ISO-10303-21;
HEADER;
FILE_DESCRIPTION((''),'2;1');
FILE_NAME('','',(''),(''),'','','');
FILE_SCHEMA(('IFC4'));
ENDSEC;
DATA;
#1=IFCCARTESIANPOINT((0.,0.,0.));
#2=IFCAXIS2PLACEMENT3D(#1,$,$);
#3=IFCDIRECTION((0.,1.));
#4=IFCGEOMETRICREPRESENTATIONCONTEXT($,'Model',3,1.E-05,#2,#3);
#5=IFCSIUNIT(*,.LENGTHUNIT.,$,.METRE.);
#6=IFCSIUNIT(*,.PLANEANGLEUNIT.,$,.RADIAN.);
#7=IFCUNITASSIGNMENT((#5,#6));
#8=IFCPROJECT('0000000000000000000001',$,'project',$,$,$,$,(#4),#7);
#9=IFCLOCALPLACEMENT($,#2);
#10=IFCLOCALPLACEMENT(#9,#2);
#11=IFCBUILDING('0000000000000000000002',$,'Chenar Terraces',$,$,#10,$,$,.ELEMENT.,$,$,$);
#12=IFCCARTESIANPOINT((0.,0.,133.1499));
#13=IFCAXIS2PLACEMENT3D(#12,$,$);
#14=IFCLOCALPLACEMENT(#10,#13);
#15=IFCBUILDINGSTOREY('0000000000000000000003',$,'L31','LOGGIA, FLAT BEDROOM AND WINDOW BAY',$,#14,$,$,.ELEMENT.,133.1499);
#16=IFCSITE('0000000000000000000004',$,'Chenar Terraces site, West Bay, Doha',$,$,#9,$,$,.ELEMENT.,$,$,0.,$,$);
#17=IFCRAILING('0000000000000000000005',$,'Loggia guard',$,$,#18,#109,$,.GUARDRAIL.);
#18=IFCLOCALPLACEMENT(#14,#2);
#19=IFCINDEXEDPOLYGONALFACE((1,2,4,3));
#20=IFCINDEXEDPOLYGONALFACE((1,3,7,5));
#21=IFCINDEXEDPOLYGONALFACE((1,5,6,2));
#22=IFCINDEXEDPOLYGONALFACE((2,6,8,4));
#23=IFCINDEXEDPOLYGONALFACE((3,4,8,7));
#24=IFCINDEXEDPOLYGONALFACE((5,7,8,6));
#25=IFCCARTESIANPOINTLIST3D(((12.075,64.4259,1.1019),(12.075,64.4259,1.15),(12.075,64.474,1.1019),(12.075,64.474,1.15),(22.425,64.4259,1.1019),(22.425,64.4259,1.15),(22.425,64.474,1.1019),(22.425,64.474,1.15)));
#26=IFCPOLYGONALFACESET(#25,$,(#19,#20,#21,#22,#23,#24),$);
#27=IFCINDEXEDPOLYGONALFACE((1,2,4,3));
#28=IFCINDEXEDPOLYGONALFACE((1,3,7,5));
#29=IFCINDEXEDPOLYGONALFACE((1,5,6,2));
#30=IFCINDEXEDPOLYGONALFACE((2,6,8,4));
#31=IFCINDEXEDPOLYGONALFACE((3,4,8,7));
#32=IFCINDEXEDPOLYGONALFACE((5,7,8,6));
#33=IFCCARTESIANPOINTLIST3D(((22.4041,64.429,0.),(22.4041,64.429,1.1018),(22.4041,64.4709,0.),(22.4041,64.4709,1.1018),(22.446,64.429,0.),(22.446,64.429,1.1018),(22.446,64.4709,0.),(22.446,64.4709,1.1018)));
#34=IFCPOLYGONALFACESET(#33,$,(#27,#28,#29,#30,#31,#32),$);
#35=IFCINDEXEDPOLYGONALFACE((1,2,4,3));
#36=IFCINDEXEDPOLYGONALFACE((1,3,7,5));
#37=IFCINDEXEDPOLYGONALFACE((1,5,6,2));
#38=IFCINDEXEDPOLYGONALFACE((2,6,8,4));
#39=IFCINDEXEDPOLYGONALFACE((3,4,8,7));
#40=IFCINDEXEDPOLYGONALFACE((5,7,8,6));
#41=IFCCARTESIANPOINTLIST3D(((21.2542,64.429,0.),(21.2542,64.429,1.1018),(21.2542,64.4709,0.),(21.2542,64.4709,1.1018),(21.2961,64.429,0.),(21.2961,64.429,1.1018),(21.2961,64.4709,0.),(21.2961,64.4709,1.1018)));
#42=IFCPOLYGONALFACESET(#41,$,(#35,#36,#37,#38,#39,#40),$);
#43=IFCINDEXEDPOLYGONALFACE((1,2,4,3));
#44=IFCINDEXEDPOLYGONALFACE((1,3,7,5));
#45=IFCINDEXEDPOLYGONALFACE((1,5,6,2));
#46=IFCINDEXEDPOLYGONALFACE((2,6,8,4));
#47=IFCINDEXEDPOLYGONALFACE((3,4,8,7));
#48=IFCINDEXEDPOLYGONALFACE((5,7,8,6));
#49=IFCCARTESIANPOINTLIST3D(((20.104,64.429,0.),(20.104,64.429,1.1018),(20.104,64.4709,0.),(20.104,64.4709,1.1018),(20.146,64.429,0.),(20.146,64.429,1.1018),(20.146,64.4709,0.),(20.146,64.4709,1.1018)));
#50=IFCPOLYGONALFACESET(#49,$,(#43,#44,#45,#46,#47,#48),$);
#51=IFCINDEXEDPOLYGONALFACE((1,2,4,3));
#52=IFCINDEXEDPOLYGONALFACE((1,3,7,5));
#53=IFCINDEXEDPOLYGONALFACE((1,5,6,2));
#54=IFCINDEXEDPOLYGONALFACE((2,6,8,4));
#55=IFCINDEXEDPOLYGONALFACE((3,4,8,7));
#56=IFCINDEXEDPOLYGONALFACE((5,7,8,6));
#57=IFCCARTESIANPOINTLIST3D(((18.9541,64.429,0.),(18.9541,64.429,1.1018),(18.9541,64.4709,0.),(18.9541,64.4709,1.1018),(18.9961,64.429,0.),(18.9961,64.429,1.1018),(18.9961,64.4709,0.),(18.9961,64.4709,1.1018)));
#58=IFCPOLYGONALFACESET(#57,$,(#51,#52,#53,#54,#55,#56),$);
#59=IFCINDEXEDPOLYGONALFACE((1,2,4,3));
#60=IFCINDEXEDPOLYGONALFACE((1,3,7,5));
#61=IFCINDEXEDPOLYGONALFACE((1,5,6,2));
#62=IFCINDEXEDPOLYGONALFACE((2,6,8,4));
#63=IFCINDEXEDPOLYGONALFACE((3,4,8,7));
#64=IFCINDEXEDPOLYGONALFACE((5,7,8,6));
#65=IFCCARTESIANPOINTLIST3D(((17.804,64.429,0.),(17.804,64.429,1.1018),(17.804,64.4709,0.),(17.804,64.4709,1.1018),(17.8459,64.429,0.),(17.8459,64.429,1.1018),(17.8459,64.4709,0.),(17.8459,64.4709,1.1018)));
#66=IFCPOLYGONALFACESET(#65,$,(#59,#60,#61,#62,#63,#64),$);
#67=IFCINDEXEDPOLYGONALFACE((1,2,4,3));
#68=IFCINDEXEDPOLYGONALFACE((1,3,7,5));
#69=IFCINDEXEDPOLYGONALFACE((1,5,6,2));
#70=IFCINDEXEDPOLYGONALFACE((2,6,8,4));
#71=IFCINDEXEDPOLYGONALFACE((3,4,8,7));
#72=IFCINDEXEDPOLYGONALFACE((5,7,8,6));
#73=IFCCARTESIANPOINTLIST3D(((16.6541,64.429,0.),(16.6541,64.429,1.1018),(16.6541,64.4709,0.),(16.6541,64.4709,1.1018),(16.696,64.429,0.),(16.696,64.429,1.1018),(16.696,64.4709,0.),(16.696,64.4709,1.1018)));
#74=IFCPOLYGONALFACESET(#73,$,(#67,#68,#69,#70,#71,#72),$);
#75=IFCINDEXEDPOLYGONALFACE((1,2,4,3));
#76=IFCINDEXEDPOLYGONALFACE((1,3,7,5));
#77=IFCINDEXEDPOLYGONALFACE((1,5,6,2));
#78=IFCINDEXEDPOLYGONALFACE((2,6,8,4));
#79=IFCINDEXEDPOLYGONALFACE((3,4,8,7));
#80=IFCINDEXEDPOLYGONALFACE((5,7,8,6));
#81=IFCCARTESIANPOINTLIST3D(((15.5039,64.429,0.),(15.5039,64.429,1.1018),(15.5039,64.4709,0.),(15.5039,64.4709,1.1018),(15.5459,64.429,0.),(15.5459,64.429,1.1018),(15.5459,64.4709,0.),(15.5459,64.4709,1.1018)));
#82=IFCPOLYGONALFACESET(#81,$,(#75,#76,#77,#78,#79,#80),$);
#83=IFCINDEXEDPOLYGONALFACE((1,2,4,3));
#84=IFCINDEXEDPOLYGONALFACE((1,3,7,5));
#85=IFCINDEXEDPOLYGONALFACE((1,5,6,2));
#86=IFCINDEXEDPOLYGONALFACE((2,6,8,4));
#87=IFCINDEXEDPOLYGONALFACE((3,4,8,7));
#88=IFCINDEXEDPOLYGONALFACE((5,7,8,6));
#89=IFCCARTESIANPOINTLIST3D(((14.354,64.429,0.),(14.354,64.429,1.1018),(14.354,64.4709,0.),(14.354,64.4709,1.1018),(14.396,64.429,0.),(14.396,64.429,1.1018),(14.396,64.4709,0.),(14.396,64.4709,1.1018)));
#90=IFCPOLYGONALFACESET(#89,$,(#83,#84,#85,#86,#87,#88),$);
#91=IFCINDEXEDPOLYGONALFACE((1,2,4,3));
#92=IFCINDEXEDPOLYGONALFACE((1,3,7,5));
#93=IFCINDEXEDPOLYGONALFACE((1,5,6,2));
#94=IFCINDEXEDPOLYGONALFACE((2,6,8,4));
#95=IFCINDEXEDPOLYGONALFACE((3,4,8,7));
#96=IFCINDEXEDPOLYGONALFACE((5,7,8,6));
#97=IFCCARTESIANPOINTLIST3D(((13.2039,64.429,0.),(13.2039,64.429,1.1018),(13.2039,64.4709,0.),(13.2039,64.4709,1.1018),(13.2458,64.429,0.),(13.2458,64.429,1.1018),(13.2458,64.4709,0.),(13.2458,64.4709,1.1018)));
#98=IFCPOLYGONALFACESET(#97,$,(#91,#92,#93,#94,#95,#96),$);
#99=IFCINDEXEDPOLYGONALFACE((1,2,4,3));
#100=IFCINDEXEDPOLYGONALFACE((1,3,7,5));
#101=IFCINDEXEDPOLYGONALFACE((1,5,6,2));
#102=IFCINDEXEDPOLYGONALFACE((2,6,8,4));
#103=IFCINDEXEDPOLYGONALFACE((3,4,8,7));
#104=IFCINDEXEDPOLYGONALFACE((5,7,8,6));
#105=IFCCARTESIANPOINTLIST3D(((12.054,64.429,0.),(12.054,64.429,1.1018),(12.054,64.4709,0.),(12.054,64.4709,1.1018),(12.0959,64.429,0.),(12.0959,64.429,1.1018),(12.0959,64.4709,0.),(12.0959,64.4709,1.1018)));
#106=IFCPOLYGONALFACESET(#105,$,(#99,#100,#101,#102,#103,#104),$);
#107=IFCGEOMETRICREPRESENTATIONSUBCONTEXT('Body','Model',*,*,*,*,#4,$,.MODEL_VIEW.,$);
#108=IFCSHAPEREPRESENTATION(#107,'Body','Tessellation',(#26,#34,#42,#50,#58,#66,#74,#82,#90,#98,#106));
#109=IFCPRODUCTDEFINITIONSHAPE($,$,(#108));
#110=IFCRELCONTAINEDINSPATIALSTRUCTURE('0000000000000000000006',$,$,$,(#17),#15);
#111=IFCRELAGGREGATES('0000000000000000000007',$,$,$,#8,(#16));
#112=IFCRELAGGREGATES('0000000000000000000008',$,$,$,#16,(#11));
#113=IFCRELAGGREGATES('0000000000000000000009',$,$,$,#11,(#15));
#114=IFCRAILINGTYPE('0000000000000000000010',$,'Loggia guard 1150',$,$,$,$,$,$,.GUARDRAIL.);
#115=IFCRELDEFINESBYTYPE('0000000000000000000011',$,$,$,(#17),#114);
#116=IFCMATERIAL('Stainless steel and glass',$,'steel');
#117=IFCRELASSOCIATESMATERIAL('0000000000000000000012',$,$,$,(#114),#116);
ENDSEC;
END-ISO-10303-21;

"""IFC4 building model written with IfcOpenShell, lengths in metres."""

from ifc_helpers import new_model, si_unit, direction, frame, origin, origin_2d, place, context, subcontext, project, spatial, rectangle, extrude, material, type_object, element, save


model = new_model("IFC4")

# Units and contexts
model_context = context("Model", 3, precision=1e-05, world=origin(), true_north=direction((0.0, 1.0)))
body_context = subcontext(model_context, "Body", "Model", "MODEL_VIEW")
ifc_project = project(units=[si_unit("LENGTHUNIT", "METRE"), si_unit("PLANEANGLEUNIT", "RADIAN")], contexts=[model_context])

# Site, building, storey
site_placement = place(None, origin())
site = spatial("IfcSite", under=ifc_project, at=site_placement, Name="Chenar Terraces site, West Bay, Doha", CompositionType="ELEMENT", RefElevation=0.0)
building_placement = place(site_placement, origin())
building = spatial("IfcBuilding", under=site, at=building_placement, Name="Chenar Terraces", CompositionType="ELEMENT")
storey_placement = place(building_placement, frame((0.0, 0.0, 133.1499)))
storey = spatial("IfcBuildingStorey", under=building, at=storey_placement, Name="L31", Description="LOGGIA, FLAT BEDROOM AND WINDOW BAY", CompositionType="ELEMENT", Elevation=133.1499)

# Railing
ifc_material_1 = material(Name="Stainless steel and glass", Category="steel")
railing_type_1 = type_object("IfcRailingType", Name="Loggia guard 1150", PredefinedType="GUARDRAIL", material=ifc_material_1)
railing_1_placement = place(storey_placement, frame((22.425, 64.45, 0.0)))
element("IfcRailing", 1, at=railing_1_placement, inside=storey, type_object=railing_type_1, Name="Loggia guard", PredefinedType="GUARDRAIL", context=body_context, shape_type="SweptSolid", body=[
    extrude(rectangle(XDim=0.0481, YDim=0.0481, at=origin_2d()), frame((0.0, 0.0, 1.126), z_axis=(-1.0, 0.0, 0.0), x_axis=(0.0, -1.0, 0.0)), (0.0, 0.0, 1.0), 10.3501),
    extrude(rectangle(XDim=0.042, YDim=0.042, at=origin_2d()), origin(), (0.0, 0.0, 1.0), 1.1018),
    extrude(rectangle(XDim=0.042, YDim=0.042, at=origin_2d()), frame((-1.1499, 0.0, 0.0)), (0.0, 0.0, 1.0), 1.1018),
    extrude(rectangle(XDim=0.042, YDim=0.042, at=origin_2d()), frame((-2.3, 0.0, 0.0)), (0.0, 0.0, 1.0), 1.1018),
    extrude(rectangle(XDim=0.042, YDim=0.042, at=origin_2d()), frame((-3.45, 0.0, 0.0)), (0.0, 0.0, 1.0), 1.1018),
    extrude(rectangle(XDim=0.042, YDim=0.042, at=origin_2d()), frame((-4.6001, 0.0, 0.0)), (0.0, 0.0, 1.0), 1.1018),
    extrude(rectangle(XDim=0.042, YDim=0.042, at=origin_2d()), frame((-5.75, 0.0, 0.0)), (0.0, 0.0, 1.0), 1.1018),
    extrude(rectangle(XDim=0.042, YDim=0.042, at=origin_2d()), frame((-6.9001, 0.0, 0.0)), (0.0, 0.0, 1.0), 1.1018),
    extrude(rectangle(XDim=0.042, YDim=0.042, at=origin_2d()), frame((-8.05, 0.0, 0.0)), (0.0, 0.0, 1.0), 1.1018),
    extrude(rectangle(XDim=0.042, YDim=0.042, at=origin_2d()), frame((-9.2002, 0.0, 0.0)), (0.0, 0.0, 1.0), 1.1018),
    extrude(rectangle(XDim=0.042, YDim=0.042, at=origin_2d()), frame((-10.3501, 0.0, 0.0)), (0.0, 0.0, 1.0), 1.1018),
])

save(model, "model.ifc")
